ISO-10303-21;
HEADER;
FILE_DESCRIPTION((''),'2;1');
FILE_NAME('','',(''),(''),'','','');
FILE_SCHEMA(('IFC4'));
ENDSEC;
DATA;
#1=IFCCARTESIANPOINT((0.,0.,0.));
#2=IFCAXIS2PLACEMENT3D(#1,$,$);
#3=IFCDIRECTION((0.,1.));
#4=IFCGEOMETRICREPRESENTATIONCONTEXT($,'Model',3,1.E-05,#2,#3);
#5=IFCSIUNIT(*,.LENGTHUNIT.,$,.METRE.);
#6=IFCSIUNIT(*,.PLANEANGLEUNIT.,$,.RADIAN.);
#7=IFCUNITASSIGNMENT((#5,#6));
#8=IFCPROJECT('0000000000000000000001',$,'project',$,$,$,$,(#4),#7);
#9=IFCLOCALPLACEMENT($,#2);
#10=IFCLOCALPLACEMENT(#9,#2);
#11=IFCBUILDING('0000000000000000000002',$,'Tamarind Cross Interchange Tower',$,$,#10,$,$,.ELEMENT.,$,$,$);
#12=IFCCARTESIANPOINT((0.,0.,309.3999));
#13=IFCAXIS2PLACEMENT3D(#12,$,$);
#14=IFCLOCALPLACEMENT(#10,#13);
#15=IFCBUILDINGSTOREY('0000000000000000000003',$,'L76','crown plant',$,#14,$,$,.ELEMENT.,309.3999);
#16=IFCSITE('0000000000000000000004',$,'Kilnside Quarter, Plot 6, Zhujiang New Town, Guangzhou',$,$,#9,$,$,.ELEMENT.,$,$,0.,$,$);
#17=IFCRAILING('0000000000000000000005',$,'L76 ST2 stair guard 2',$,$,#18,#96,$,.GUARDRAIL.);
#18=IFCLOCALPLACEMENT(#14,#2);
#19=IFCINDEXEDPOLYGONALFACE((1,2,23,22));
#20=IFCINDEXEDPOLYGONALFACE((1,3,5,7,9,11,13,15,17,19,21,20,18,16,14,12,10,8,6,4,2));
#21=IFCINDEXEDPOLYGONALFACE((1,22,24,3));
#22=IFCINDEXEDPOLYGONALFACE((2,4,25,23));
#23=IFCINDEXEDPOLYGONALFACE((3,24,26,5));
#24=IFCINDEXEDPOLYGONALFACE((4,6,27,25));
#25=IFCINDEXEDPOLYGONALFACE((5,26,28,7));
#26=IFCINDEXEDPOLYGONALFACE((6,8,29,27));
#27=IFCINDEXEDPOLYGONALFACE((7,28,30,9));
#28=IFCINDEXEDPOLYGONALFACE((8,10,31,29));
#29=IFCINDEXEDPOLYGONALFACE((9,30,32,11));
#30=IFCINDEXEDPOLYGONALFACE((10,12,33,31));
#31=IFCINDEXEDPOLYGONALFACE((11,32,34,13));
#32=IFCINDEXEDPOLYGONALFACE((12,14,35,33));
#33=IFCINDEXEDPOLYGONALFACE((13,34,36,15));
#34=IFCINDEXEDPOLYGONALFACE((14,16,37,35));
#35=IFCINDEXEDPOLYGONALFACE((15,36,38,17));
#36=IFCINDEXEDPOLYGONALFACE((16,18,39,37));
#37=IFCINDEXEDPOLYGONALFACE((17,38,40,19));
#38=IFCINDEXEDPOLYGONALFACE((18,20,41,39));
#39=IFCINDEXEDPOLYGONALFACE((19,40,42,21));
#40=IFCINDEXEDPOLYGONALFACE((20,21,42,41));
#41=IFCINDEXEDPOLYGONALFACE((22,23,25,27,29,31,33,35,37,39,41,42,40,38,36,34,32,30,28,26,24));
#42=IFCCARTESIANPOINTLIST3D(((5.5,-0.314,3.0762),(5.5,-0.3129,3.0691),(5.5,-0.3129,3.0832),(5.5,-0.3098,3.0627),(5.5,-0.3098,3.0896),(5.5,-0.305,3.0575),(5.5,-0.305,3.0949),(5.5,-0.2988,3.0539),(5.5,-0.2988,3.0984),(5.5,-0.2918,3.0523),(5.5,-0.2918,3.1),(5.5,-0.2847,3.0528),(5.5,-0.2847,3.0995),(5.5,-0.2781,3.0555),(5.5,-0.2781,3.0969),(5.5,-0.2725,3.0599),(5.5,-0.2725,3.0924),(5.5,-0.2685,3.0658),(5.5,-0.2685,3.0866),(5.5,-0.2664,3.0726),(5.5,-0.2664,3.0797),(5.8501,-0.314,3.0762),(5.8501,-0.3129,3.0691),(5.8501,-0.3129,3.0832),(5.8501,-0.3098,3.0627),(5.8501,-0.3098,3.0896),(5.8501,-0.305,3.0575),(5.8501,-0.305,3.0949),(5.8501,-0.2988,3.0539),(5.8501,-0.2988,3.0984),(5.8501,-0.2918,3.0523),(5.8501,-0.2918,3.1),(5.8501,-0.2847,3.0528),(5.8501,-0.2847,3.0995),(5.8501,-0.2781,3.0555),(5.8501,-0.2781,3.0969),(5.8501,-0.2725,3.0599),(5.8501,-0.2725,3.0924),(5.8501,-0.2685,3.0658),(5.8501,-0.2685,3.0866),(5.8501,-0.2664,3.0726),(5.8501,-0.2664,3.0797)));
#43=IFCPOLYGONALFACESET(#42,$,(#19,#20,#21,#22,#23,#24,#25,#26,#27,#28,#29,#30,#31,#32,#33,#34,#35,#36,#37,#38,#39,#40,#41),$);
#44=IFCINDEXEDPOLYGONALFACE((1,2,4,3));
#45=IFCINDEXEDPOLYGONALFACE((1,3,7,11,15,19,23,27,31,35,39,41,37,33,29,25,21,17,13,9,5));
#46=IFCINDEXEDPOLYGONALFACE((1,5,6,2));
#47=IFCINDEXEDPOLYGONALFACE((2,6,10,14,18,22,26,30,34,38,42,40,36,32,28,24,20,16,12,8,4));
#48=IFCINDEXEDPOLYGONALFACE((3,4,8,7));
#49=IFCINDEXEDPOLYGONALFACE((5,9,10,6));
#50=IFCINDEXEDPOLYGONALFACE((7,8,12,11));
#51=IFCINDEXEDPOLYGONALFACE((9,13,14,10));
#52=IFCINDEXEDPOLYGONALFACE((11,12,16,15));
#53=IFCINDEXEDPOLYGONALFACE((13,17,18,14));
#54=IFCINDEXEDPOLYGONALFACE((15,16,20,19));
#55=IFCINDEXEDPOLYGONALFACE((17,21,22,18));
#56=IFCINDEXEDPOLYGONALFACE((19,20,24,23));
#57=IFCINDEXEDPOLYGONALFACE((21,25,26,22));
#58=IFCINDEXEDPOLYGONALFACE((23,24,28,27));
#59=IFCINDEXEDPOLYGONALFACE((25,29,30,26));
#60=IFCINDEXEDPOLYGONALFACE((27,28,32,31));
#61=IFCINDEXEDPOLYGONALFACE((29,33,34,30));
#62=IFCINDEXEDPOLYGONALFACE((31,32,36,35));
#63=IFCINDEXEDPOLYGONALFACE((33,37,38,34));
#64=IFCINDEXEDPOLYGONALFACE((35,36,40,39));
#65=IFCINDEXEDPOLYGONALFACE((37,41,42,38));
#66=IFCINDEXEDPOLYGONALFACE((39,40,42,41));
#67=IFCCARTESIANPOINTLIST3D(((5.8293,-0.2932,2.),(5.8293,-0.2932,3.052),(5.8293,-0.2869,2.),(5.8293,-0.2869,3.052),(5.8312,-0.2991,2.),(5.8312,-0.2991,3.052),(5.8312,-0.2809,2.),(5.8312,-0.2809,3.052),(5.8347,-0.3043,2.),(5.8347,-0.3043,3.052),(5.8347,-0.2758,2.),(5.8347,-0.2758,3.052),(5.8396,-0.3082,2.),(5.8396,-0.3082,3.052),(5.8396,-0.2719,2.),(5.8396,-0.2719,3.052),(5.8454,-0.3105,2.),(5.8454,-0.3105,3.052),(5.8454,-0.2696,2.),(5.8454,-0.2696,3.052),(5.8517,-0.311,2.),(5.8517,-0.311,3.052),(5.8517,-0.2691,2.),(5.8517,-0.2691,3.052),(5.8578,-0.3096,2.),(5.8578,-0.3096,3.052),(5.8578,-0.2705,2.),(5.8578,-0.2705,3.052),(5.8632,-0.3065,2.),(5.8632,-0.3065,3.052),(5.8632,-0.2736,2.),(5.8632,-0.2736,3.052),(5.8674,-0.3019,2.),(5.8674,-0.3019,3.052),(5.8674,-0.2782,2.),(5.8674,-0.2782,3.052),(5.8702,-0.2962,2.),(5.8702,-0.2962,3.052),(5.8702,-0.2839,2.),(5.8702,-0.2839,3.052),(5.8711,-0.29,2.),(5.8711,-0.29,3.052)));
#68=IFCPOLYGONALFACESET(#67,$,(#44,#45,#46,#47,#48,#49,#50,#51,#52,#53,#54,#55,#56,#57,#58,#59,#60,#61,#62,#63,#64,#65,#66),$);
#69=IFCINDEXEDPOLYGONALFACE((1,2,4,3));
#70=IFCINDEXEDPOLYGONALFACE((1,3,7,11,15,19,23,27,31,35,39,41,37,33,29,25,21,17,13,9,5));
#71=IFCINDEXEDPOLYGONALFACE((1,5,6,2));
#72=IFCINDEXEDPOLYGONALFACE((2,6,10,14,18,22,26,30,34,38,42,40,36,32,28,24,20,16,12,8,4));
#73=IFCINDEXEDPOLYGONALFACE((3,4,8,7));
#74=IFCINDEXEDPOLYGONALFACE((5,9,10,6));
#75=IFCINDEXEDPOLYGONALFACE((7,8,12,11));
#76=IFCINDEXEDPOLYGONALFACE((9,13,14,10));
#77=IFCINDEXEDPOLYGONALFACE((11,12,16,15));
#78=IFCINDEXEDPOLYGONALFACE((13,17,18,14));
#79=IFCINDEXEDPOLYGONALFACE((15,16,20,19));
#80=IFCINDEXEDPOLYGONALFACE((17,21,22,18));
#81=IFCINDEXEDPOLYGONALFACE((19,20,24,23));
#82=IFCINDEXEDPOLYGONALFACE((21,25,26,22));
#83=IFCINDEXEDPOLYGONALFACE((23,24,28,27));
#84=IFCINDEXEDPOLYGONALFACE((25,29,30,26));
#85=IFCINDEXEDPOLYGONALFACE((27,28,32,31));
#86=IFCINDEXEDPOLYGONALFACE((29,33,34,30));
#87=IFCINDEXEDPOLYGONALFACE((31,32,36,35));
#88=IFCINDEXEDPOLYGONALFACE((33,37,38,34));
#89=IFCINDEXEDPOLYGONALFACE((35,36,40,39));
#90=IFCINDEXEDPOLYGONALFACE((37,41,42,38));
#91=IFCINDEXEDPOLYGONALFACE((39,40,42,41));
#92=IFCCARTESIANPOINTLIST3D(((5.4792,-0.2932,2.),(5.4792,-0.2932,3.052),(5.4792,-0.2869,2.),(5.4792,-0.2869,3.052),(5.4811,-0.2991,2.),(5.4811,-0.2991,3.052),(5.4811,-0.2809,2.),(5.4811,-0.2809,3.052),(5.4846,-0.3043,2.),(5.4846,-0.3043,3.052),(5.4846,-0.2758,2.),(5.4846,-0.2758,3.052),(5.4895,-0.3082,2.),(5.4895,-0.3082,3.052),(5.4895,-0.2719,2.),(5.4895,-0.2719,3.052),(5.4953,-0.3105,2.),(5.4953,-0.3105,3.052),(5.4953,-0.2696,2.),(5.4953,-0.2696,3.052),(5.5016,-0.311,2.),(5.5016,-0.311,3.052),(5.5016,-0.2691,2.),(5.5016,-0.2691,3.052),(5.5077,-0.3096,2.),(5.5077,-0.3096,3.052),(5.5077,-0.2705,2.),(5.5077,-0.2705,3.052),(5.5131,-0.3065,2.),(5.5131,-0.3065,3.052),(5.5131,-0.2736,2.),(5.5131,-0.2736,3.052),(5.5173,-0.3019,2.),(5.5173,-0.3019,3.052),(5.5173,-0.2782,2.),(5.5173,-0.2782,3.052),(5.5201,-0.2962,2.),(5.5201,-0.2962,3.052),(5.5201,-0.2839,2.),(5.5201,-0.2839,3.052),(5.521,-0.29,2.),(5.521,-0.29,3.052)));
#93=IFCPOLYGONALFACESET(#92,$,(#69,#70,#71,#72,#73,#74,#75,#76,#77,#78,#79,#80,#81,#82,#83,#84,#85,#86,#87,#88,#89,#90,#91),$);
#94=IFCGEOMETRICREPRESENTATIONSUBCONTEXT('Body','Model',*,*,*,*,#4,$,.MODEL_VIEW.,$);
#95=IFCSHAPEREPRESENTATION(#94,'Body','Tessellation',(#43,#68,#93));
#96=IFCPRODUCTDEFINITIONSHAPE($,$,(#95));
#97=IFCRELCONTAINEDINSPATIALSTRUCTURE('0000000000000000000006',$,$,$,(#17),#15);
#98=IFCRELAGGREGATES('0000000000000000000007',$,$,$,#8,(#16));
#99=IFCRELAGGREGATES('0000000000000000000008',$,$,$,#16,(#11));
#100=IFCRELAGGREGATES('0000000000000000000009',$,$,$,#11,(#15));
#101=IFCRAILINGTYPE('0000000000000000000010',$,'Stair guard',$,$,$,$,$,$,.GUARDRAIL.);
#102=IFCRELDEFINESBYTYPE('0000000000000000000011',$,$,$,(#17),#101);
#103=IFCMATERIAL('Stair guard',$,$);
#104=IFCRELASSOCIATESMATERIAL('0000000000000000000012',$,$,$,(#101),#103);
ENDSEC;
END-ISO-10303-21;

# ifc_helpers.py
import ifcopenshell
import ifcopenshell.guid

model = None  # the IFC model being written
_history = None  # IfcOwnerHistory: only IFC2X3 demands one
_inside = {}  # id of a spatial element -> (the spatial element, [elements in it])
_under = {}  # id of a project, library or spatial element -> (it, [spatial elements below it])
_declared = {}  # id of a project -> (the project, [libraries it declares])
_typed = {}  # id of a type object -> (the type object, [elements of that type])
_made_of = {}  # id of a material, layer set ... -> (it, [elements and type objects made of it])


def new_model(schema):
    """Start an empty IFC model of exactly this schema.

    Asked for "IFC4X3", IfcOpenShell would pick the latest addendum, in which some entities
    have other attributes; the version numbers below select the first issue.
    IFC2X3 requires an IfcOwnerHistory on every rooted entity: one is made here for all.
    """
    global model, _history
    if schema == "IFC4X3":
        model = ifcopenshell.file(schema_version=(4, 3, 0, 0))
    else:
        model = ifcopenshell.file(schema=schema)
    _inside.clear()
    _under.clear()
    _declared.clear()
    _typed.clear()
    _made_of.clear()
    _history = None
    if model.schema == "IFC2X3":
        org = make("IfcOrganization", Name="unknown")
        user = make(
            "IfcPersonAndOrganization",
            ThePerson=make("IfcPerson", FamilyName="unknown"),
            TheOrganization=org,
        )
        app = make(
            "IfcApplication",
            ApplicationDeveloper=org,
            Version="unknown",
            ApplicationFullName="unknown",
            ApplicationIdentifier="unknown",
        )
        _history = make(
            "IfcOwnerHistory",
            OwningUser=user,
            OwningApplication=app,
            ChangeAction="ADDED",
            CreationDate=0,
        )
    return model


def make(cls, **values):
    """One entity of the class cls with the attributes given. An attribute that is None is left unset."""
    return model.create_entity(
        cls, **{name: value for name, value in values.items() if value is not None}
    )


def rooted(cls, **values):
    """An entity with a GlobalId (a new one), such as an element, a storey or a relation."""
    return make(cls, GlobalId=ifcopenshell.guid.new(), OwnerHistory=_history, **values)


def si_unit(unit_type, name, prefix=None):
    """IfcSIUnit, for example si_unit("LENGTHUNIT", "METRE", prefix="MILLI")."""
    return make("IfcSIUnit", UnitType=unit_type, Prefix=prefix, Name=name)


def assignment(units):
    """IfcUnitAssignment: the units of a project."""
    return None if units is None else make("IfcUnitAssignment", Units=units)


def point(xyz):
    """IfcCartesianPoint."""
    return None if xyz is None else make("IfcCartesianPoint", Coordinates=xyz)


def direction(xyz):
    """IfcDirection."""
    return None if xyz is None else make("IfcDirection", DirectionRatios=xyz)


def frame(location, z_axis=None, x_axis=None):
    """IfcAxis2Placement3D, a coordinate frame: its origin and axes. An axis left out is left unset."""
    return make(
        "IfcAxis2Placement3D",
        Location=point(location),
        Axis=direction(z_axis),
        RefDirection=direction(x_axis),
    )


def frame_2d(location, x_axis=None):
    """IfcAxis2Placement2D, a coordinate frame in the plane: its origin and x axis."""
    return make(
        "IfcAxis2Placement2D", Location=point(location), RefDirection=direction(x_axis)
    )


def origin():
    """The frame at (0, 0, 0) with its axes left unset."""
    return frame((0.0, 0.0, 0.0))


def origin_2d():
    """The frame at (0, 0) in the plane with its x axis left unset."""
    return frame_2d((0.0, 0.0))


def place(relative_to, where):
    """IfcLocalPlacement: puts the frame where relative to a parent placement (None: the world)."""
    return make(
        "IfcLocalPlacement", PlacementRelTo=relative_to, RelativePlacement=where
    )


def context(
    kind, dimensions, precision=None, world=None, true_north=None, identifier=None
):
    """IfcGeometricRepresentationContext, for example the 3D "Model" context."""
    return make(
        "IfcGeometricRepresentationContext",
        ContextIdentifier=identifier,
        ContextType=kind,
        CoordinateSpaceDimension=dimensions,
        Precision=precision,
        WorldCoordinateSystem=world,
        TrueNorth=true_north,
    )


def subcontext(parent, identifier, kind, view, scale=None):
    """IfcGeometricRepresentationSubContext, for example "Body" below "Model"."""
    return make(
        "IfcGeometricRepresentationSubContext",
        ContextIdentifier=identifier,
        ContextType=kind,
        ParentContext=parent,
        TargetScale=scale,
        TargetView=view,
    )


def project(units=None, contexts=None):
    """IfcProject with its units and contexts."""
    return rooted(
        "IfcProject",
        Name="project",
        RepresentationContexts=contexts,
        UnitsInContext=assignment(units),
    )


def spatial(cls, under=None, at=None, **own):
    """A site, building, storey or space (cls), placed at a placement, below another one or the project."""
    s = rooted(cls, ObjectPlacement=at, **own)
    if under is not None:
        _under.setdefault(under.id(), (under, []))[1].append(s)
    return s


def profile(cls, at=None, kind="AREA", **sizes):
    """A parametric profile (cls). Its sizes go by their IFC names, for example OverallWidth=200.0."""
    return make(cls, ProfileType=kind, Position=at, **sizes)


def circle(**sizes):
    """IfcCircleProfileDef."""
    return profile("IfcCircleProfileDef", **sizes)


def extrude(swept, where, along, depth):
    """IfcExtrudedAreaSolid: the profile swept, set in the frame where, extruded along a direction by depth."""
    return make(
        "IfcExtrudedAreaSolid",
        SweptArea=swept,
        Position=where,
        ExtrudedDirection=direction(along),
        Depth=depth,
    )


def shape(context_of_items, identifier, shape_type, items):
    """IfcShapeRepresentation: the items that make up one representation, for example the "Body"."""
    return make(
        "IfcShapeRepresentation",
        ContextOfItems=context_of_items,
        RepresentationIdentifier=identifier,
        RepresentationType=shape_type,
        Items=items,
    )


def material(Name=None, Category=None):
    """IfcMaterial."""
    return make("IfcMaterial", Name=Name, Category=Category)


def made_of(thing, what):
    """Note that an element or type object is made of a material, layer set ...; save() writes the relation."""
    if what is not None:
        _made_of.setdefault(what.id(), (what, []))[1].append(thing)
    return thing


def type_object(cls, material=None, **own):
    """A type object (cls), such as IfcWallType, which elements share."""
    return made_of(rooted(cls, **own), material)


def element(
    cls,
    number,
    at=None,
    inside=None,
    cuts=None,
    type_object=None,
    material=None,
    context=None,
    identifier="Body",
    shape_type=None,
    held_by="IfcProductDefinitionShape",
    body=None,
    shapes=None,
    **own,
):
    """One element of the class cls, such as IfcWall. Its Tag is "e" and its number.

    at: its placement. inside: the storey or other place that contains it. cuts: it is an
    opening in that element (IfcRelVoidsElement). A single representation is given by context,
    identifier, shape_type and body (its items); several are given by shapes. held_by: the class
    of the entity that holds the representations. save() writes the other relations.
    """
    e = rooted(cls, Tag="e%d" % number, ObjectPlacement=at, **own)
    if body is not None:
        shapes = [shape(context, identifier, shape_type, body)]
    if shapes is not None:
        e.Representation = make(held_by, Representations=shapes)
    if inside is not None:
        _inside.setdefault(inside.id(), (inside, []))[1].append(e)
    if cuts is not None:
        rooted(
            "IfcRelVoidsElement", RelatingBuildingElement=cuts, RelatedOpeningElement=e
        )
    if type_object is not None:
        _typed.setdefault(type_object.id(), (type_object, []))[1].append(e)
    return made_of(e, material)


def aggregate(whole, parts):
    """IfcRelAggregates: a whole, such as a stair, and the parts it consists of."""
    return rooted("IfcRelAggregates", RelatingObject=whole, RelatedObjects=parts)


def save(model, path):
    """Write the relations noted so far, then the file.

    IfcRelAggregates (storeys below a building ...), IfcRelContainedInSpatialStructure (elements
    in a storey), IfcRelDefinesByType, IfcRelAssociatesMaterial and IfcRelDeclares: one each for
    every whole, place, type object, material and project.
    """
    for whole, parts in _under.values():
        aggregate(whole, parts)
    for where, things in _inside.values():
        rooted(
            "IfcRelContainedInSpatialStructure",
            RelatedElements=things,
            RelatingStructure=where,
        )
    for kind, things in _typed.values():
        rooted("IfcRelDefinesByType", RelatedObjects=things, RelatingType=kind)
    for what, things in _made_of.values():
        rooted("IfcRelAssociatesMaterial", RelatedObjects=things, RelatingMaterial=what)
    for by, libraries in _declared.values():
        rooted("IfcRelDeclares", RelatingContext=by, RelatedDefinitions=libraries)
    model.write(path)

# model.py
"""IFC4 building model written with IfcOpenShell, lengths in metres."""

from ifc_helpers import new_model, si_unit, direction, frame, origin, origin_2d, place, context, subcontext, project, spatial, circle, extrude, material, type_object, element, save


model = new_model("IFC4")

# Units and contexts
model_context = context("Model", 3, precision=1e-05, world=origin(), true_north=direction((0.0, 1.0)))
body_context = subcontext(model_context, "Body", "Model", "MODEL_VIEW")
ifc_project = project(units=[si_unit("LENGTHUNIT", "METRE"), si_unit("PLANEANGLEUNIT", "RADIAN")], contexts=[model_context])

# Site, building, storey
site_placement = place(None, origin())
site = spatial("IfcSite", under=ifc_project, at=site_placement, Name="Kilnside Quarter, Plot 6, Zhujiang New Town, Guangzhou", CompositionType="ELEMENT", RefElevation=0.0)
building_placement = place(site_placement, origin())
building = spatial("IfcBuilding", under=site, at=building_placement, Name="Tamarind Cross Interchange Tower", CompositionType="ELEMENT")
storey_placement = place(building_placement, frame((0.0, 0.0, 309.3999)))
storey = spatial("IfcBuildingStorey", under=building, at=storey_placement, Name="L76", Description="crown plant", CompositionType="ELEMENT", Elevation=309.3999)

# Railing
ifc_material_1 = material(Name="Stair guard")
railing_type_1 = type_object("IfcRailingType", Name="Stair guard", PredefinedType="GUARDRAIL", material=ifc_material_1)
railing_1_placement = place(storey_placement, frame((5.8501, -0.29, 2.0)))
element("IfcRailing", 1, at=railing_1_placement, inside=storey, type_object=railing_type_1, Name="L76 ST2 stair guard 2", PredefinedType="GUARDRAIL", context=body_context, shape_type="SweptSolid", body=[
    extrude(circle(Radius=0.0239, at=origin_2d()), frame((0.0, 0.0, 1.0762), z_axis=(-1.0, 0.0, 0.0), x_axis=(0.0, -1.0, 0.0)), (0.0, 0.0, 1.0), 0.3501),
    extrude(circle(Radius=0.021, at=origin_2d()), origin(), (0.0, 0.0, 1.0), 1.052),
    extrude(circle(Radius=0.021, at=origin_2d()), frame((-0.3501, 0.0, 0.0)), (0.0, 0.0, 1.0), 1.052),
])

save(model, "model.ifc")
